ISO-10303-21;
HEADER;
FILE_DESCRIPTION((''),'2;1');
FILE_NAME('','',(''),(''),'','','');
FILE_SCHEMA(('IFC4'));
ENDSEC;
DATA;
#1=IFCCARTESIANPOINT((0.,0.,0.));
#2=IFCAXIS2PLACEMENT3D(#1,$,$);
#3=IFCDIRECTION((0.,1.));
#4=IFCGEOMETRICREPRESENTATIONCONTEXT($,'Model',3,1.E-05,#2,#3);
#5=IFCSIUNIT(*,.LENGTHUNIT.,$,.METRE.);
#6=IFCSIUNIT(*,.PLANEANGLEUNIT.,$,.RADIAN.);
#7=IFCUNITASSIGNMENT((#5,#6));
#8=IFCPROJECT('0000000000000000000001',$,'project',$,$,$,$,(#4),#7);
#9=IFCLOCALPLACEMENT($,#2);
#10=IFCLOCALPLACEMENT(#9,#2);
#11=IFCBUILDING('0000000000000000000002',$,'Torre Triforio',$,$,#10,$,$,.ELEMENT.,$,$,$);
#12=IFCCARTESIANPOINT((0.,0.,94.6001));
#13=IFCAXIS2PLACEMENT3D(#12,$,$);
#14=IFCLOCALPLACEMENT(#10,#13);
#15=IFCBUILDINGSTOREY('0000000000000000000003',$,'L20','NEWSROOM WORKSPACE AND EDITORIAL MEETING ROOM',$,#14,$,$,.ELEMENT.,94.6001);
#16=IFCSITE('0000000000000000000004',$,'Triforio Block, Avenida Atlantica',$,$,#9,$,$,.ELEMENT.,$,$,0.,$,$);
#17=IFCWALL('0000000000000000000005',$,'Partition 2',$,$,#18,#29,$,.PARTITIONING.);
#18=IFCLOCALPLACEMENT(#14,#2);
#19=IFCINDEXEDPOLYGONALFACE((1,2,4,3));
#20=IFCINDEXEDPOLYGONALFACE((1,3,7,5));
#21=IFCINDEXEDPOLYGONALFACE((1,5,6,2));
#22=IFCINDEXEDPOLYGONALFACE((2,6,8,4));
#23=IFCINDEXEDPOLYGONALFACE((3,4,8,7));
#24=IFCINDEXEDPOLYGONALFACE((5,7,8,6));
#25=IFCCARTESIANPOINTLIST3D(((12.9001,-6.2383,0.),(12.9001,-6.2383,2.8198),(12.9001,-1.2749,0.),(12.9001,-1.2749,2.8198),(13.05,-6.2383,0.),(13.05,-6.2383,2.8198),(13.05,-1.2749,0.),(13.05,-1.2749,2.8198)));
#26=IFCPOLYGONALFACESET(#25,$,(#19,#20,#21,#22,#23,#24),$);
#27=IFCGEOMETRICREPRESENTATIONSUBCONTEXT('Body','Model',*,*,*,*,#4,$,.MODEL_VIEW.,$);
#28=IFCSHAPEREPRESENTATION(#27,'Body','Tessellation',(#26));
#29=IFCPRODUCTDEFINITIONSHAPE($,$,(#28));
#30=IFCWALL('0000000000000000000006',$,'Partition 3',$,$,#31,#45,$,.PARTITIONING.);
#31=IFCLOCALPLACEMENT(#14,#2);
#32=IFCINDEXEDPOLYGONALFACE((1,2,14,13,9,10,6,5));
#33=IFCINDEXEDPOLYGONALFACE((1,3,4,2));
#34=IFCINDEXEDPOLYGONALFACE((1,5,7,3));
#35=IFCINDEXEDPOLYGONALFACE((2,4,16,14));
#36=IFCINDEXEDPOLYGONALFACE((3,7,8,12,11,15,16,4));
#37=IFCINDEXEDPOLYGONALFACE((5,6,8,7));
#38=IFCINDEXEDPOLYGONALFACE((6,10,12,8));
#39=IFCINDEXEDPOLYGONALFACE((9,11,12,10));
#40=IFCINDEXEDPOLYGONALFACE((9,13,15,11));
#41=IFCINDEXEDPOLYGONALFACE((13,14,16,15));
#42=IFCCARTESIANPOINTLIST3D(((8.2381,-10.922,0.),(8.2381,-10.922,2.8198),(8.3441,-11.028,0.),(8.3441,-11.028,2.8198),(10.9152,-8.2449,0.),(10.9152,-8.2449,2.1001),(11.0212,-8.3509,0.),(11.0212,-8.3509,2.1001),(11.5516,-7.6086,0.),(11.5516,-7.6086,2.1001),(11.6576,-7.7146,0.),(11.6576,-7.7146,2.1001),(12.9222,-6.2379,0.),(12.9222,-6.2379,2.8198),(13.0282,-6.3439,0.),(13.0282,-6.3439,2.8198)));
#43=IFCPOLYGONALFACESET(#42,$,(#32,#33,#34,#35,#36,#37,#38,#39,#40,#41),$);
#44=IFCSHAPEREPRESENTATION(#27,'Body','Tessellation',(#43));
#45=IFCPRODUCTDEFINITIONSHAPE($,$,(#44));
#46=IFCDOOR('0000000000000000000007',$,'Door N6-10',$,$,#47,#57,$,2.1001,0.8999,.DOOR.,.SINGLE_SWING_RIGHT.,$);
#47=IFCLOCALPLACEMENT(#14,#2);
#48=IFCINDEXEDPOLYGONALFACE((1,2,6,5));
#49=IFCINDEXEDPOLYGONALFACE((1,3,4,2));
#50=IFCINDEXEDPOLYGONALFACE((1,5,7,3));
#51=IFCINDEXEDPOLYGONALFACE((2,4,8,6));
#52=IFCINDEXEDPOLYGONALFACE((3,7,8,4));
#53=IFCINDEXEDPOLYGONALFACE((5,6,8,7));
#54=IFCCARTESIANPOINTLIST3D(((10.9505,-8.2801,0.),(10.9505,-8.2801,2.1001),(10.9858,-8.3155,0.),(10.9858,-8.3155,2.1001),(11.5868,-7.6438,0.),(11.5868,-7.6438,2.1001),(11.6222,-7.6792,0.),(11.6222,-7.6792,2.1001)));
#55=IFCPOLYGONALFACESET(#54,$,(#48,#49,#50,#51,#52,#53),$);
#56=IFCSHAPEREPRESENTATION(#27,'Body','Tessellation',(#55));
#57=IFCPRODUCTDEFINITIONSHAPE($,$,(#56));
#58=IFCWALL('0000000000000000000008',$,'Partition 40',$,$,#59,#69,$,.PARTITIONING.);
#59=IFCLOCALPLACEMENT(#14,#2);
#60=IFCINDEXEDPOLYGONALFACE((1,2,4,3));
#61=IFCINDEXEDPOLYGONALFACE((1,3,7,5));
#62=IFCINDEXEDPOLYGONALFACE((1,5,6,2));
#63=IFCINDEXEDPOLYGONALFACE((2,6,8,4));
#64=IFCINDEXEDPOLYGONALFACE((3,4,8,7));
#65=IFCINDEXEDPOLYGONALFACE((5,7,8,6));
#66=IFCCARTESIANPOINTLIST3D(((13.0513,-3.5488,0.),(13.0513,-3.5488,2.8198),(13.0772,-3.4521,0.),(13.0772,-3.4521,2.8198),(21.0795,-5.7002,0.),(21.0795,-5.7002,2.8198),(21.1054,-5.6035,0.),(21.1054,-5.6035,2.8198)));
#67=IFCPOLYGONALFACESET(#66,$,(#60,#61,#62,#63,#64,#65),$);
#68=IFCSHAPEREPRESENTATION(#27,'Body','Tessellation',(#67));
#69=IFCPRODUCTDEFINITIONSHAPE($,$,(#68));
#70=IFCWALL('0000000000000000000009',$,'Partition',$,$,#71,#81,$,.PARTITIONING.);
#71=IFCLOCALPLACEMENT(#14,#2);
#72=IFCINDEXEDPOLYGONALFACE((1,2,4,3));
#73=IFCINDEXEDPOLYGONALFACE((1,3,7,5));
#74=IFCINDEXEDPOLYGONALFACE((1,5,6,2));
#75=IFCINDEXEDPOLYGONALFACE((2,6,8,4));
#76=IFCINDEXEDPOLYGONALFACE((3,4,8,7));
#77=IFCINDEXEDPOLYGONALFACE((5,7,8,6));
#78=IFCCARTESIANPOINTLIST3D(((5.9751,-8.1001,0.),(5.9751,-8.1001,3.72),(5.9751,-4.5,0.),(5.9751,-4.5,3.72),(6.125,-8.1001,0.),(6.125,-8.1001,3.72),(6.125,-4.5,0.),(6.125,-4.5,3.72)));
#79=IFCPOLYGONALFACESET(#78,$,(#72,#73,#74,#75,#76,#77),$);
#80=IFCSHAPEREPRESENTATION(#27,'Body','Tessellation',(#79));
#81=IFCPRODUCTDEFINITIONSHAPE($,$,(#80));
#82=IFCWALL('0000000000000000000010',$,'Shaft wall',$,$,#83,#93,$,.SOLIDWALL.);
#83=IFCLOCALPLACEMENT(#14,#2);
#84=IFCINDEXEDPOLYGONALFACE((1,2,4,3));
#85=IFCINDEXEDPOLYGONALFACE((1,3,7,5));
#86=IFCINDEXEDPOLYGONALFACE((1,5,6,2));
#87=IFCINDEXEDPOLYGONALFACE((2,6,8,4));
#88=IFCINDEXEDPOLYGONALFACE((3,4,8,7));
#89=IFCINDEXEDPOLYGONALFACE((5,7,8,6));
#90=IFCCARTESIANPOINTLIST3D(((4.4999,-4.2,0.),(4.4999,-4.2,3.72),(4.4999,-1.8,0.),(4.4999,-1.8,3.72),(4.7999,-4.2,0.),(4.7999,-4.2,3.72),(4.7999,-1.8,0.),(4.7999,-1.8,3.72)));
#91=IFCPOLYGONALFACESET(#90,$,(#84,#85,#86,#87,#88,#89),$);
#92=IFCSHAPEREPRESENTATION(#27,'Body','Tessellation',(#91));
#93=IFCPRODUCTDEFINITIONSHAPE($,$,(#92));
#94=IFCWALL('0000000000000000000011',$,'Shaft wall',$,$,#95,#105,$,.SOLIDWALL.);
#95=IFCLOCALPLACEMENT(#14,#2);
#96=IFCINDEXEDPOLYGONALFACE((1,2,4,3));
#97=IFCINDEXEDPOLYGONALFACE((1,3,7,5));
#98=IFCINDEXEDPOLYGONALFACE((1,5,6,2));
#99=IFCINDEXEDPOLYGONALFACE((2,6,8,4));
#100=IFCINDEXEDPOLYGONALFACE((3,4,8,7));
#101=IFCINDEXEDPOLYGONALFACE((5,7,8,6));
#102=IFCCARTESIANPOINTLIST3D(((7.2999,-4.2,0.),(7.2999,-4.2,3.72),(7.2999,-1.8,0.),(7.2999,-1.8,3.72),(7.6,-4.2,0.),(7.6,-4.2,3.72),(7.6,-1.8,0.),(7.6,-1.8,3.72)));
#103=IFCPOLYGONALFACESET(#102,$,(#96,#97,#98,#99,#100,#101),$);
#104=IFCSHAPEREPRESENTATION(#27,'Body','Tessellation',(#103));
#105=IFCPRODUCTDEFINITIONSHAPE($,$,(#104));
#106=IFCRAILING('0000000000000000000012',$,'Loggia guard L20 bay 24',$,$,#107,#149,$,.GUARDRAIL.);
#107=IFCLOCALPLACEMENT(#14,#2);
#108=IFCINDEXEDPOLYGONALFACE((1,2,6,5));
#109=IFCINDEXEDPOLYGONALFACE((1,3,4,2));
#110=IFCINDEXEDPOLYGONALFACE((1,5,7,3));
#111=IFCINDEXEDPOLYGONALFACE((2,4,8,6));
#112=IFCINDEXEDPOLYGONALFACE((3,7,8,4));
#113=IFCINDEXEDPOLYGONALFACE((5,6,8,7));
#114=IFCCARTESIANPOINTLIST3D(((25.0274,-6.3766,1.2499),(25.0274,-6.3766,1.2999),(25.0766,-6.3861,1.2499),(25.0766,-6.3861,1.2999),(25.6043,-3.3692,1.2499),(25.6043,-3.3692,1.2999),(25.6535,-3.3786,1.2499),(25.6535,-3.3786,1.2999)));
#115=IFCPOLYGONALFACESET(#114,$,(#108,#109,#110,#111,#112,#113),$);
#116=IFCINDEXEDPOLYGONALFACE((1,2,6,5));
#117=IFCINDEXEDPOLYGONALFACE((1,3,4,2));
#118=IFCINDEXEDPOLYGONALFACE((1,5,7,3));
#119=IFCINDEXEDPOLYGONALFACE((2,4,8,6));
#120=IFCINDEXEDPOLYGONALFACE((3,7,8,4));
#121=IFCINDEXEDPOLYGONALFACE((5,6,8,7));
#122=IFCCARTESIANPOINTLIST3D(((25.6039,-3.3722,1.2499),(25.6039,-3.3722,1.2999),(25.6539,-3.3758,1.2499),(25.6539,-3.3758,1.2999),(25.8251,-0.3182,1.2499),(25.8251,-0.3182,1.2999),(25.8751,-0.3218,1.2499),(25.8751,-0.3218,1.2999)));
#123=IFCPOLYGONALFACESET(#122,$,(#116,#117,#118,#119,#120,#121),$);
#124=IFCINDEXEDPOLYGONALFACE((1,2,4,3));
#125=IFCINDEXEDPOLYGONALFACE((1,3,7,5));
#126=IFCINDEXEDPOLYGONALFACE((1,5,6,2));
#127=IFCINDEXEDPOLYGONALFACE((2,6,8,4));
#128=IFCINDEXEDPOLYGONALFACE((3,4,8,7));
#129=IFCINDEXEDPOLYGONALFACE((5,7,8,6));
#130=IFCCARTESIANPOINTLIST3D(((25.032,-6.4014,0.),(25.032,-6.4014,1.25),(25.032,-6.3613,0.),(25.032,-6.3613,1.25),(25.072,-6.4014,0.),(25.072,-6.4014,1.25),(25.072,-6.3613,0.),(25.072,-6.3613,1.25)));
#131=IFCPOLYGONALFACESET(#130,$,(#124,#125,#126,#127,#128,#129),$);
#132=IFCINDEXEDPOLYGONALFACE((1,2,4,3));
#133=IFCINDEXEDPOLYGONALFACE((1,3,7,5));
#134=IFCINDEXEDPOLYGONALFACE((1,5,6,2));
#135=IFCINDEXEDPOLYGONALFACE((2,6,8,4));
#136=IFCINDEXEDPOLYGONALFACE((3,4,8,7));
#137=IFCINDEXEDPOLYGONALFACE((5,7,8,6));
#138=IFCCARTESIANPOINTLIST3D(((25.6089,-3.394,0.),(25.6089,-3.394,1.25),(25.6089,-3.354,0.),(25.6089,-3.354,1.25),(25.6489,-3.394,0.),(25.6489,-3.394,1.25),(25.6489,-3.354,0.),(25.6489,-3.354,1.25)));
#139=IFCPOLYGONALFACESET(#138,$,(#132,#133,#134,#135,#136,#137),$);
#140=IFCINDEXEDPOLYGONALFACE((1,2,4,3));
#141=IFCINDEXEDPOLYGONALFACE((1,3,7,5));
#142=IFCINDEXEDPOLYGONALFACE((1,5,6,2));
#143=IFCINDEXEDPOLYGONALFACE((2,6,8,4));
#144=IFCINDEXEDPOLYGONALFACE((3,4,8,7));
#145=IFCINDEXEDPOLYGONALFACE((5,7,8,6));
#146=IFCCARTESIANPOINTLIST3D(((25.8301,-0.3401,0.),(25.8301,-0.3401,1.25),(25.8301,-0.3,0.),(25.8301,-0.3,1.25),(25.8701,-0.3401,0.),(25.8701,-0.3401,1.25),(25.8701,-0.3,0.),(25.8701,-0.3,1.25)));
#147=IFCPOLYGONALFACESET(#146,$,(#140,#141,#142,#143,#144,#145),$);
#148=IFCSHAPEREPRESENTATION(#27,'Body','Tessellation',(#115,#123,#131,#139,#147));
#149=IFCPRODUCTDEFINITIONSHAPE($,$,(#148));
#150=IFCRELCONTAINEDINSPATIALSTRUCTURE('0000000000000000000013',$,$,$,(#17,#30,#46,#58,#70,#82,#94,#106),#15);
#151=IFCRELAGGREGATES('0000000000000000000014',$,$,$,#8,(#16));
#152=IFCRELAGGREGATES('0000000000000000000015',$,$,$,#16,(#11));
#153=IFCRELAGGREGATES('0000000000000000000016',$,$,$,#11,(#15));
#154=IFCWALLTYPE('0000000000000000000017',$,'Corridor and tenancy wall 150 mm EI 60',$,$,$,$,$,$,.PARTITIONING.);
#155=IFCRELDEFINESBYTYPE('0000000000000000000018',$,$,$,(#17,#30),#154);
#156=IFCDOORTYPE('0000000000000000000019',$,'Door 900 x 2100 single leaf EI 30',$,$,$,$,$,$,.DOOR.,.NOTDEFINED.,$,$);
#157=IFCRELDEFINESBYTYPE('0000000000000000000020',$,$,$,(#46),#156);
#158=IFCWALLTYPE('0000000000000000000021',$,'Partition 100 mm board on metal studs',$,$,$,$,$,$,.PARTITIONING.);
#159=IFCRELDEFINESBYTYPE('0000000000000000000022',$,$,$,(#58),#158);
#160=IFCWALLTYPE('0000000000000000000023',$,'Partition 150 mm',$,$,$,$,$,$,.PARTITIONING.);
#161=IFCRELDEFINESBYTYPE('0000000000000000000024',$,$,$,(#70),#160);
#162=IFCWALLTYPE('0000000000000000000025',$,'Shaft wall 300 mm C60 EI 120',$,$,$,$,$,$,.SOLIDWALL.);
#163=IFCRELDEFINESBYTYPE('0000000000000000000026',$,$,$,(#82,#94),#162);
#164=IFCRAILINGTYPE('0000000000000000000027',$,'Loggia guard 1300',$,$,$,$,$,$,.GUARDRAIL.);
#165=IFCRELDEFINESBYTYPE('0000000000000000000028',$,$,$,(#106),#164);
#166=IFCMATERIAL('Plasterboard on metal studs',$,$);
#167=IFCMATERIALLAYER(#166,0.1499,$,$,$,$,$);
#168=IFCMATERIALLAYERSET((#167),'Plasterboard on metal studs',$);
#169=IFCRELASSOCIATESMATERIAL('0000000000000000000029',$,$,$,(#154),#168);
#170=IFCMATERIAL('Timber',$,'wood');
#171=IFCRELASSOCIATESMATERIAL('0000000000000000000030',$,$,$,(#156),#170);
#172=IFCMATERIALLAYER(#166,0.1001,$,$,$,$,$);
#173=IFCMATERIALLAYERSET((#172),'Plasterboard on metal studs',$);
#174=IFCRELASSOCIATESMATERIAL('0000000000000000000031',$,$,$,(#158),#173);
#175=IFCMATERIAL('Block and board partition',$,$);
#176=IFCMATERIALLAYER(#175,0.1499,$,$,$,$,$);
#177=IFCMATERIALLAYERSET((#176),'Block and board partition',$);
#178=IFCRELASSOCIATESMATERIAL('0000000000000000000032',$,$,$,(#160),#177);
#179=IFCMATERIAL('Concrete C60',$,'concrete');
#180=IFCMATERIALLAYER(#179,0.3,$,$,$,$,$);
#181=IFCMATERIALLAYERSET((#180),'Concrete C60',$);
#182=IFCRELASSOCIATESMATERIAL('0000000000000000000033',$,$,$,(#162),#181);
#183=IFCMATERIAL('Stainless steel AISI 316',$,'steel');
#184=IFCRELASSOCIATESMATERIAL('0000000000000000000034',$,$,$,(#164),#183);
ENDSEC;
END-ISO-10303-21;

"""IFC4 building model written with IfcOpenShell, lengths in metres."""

from ifc_helpers import new_model, si_unit, direction, frame, frame_2d, origin, origin_2d, place, context, subcontext, project, spatial, rectangle, extrude, material, layer, layer_set, type_object, element, fill, save


model = new_model("IFC4")

# Units and contexts
model_context = context("Model", 3, precision=1e-05, world=origin(), true_north=direction((0.0, 1.0)))
body_context = subcontext(model_context, "Body", "Model", "MODEL_VIEW")
ifc_project = project(units=[si_unit("LENGTHUNIT", "METRE"), si_unit("PLANEANGLEUNIT", "RADIAN")], contexts=[model_context])

# Site, building, storey
site_placement = place(None, origin())
site = spatial("IfcSite", under=ifc_project, at=site_placement, Name="Triforio Block, Avenida Atlantica", CompositionType="ELEMENT", RefElevation=0.0)
building_placement = place(site_placement, origin())
building = spatial("IfcBuilding", under=site, at=building_placement, Name="Torre Triforio", CompositionType="ELEMENT")
storey_placement = place(building_placement, frame((0.0, 0.0, 94.6001)))
storey = spatial("IfcBuildingStorey", under=building, at=storey_placement, Name="L20", Description="NEWSROOM WORKSPACE AND EDITORIAL MEETING ROOM", CompositionType="ELEMENT", Elevation=94.6001)

# Shared definitions
ifc_material_1 = material(Name="Concrete C60", Category="concrete")

# Shared definitions
ifc_material_2 = material(Name="Plasterboard on metal studs")
ifc_layer_1 = layer(ifc_material_2, 0.1499)
ifc_layer_set_1 = layer_set([ifc_layer_1], Name="Plasterboard on metal studs")
wall_type_1 = type_object("IfcWallType", Name="Corridor and tenancy wall 150 mm EI 60", PredefinedType="PARTITIONING", material=ifc_layer_set_1)
ifc_material_3 = material(Name="Timber", Category="wood")
door_type_1 = type_object("IfcDoorType", Name="Door 900 x 2100 single leaf EI 30", OperationType="NOTDEFINED", PredefinedType="DOOR", material=ifc_material_3)

# Wall
wall_1_placement = place(storey_placement, frame((12.9751, -1.2749, 0.0), z_axis=(0.0, 0.0, 1.0), x_axis=(0.0, -1.0, 0.0)))
element("IfcWall", 1, at=wall_1_placement, inside=storey, type_object=wall_type_1, Name="Partition 2", PredefinedType="PARTITIONING", context=body_context, shape_type="SweptSolid", body=[
    extrude(rectangle(XDim=4.9634, YDim=0.1499, at=frame_2d((2.4817, 0.0))), origin(), (0.0, 0.0, 1.0), 2.8198),
])

# Wall, opening, door
wall_2_placement = place(storey_placement, frame((12.9751, -6.291, 0.0), z_axis=(0.0, 0.0, 1.0), x_axis=(-0.707107, -0.707107, 0.0)))
wall_2 = element("IfcWall", 2, at=wall_2_placement, inside=storey, type_object=wall_type_1, Name="Partition 3", PredefinedType="PARTITIONING", context=body_context, shape_type="SweptSolid", body=[
    extrude(rectangle(XDim=6.6243, YDim=0.1499, at=frame_2d((3.312, 0.0))), origin(), (0.0, 0.0, 1.0), 2.8198),
])
opening_1_placement = place(wall_2_placement, frame((1.9382, 0.0, 0.0)))
opening_1 = element("IfcOpeningElement", 3, at=opening_1_placement, cuts=wall_2, PredefinedType="OPENING", context=body_context, shape_type="SweptSolid", body=[
    extrude(rectangle(XDim=0.8999, YDim=2.1001, at=frame_2d((0.45, 1.05))), frame((0.0, 0.085, 0.0), z_axis=(0.0, -1.0, 0.0), x_axis=(1.0, 0.0, 0.0)), (0.0, 0.0, 1.0), 0.1699),
])
door_1_placement = place(opening_1_placement, origin())
door_1 = element("IfcDoor", 4, at=door_1_placement, inside=storey, type_object=door_type_1, Name="Door N6-10", OperationType="SINGLE_SWING_RIGHT", OverallHeight=2.1001, OverallWidth=0.8999, PredefinedType="DOOR", context=body_context, shape_type="SweptSolid", body=[
    extrude(rectangle(XDim=0.8999, YDim=2.1001, at=frame_2d((0.45, 1.05))), frame((0.0, 0.0249, 0.0), z_axis=(0.0, -1.0, 0.0), x_axis=(1.0, 0.0, 0.0)), (0.0, 0.0, 1.0), 0.05),
])
fill(opening_1, door_1)

# Walls
ifc_layer_2 = layer(ifc_material_2, 0.1001)
ifc_layer_set_2 = layer_set([ifc_layer_2], Name="Plasterboard on metal studs")
wall_type_2 = type_object("IfcWallType", Name="Partition 100 mm board on metal studs", PredefinedType="PARTITIONING", material=ifc_layer_set_2)
wall_3_placement = place(storey_placement, frame((13.0642, -3.5005, 0.0), z_axis=(0.0, 0.0, 1.0), x_axis=(0.96592, -0.25884, 0.0)))
element("IfcWall", 5, at=wall_3_placement, inside=storey, type_object=wall_type_2, Name="Partition 40", PredefinedType="PARTITIONING", context=body_context, shape_type="SweptSolid", body=[
    extrude(rectangle(XDim=8.3115, YDim=0.1001, at=frame_2d((4.1558, 0.0))), origin(), (0.0, 0.0, 1.0), 2.8198),
])
ifc_material_4 = material(Name="Block and board partition")
ifc_layer_3 = layer(ifc_material_4, 0.1499)
ifc_layer_set_3 = layer_set([ifc_layer_3], Name="Block and board partition")
wall_type_3 = type_object("IfcWallType", Name="Partition 150 mm", PredefinedType="PARTITIONING", material=ifc_layer_set_3)
wall_4_placement = place(storey_placement, frame((6.05, -8.1001, 0.0), z_axis=(0.0, 0.0, 1.0), x_axis=(0.0, 1.0, 0.0)))
element("IfcWall", 6, at=wall_4_placement, inside=storey, type_object=wall_type_3, Name="Partition", PredefinedType="PARTITIONING", context=body_context, shape_type="SweptSolid", body=[
    extrude(rectangle(XDim=3.6001, YDim=0.1499, at=frame_2d((1.8, 0.0))), origin(), (0.0, 0.0, 1.0), 3.72),
])
ifc_layer_4 = layer(ifc_material_1, 0.3)
ifc_layer_set_4 = layer_set([ifc_layer_4], Name="Concrete C60")
wall_type_4 = type_object("IfcWallType", Name="Shaft wall 300 mm C60 EI 120", PredefinedType="SOLIDWALL", material=ifc_layer_set_4)
for number, where, z_axis, x_axis, name in (
    (7, (4.6499, -4.2, 0.0), (0.0, 0.0, 1.0), (0.0, 1.0, 0.0), "Shaft wall"),
    (8, (7.45, -4.2, 0.0), (0.0, 0.0, 1.0), (0.0, 1.0, 0.0), "Shaft wall"),
):
    element("IfcWall", number, at=place(storey_placement, frame(where, z_axis=z_axis, x_axis=x_axis)), inside=storey, type_object=wall_type_4, Name=name, PredefinedType="SOLIDWALL", context=body_context, shape_type="SweptSolid", body=[
        extrude(rectangle(XDim=2.3999, YDim=0.3, at=frame_2d((1.2, 0.0))), origin(), (0.0, 0.0, 1.0), 3.72),
    ])

# Railing
ifc_material_5 = material(Name="Stainless steel AISI 316", Category="steel")
railing_type = type_object("IfcRailingType", Name="Loggia guard 1300", PredefinedType="GUARDRAIL", material=ifc_material_5)
railing_placement = place(storey_placement, frame((25.052, -6.3813, 0.0)))
element("IfcRailing", 9, at=railing_placement, inside=storey, type_object=railing_type, Name="Loggia guard L20 bay 24", PredefinedType="GUARDRAIL", context=body_context, shape_type="SweptSolid", body=[
    extrude(rectangle(XDim=0.05, YDim=0.05, at=origin_2d()), frame((0.0, 0.0, 1.2749), z_axis=(0.188398, 0.982093, 0.0), x_axis=(-0.982093, 0.188398, 0.0)), (0.0, 0.0, 1.0), 3.0623),
    extrude(rectangle(XDim=0.05, YDim=0.05, at=origin_2d()), frame((0.5769, 3.0073, 1.2749), z_axis=(0.072239, 0.997387, 0.0), x_axis=(-0.997387, 0.072239, 0.0)), (0.0, 0.0, 1.0), 3.062),
    extrude(rectangle(XDim=0.04, YDim=0.04, at=origin_2d()), origin(), (0.0, 0.0, 1.0), 1.25),
    extrude(rectangle(XDim=0.04, YDim=0.04, at=origin_2d()), frame((0.5769, 3.0073, 0.0)), (0.0, 0.0, 1.0), 1.25),
    extrude(rectangle(XDim=0.04, YDim=0.04, at=origin_2d()), frame((0.7981, 6.0613, 0.0)), (0.0, 0.0, 1.0), 1.25),
])

save(model, "model.ifc")
